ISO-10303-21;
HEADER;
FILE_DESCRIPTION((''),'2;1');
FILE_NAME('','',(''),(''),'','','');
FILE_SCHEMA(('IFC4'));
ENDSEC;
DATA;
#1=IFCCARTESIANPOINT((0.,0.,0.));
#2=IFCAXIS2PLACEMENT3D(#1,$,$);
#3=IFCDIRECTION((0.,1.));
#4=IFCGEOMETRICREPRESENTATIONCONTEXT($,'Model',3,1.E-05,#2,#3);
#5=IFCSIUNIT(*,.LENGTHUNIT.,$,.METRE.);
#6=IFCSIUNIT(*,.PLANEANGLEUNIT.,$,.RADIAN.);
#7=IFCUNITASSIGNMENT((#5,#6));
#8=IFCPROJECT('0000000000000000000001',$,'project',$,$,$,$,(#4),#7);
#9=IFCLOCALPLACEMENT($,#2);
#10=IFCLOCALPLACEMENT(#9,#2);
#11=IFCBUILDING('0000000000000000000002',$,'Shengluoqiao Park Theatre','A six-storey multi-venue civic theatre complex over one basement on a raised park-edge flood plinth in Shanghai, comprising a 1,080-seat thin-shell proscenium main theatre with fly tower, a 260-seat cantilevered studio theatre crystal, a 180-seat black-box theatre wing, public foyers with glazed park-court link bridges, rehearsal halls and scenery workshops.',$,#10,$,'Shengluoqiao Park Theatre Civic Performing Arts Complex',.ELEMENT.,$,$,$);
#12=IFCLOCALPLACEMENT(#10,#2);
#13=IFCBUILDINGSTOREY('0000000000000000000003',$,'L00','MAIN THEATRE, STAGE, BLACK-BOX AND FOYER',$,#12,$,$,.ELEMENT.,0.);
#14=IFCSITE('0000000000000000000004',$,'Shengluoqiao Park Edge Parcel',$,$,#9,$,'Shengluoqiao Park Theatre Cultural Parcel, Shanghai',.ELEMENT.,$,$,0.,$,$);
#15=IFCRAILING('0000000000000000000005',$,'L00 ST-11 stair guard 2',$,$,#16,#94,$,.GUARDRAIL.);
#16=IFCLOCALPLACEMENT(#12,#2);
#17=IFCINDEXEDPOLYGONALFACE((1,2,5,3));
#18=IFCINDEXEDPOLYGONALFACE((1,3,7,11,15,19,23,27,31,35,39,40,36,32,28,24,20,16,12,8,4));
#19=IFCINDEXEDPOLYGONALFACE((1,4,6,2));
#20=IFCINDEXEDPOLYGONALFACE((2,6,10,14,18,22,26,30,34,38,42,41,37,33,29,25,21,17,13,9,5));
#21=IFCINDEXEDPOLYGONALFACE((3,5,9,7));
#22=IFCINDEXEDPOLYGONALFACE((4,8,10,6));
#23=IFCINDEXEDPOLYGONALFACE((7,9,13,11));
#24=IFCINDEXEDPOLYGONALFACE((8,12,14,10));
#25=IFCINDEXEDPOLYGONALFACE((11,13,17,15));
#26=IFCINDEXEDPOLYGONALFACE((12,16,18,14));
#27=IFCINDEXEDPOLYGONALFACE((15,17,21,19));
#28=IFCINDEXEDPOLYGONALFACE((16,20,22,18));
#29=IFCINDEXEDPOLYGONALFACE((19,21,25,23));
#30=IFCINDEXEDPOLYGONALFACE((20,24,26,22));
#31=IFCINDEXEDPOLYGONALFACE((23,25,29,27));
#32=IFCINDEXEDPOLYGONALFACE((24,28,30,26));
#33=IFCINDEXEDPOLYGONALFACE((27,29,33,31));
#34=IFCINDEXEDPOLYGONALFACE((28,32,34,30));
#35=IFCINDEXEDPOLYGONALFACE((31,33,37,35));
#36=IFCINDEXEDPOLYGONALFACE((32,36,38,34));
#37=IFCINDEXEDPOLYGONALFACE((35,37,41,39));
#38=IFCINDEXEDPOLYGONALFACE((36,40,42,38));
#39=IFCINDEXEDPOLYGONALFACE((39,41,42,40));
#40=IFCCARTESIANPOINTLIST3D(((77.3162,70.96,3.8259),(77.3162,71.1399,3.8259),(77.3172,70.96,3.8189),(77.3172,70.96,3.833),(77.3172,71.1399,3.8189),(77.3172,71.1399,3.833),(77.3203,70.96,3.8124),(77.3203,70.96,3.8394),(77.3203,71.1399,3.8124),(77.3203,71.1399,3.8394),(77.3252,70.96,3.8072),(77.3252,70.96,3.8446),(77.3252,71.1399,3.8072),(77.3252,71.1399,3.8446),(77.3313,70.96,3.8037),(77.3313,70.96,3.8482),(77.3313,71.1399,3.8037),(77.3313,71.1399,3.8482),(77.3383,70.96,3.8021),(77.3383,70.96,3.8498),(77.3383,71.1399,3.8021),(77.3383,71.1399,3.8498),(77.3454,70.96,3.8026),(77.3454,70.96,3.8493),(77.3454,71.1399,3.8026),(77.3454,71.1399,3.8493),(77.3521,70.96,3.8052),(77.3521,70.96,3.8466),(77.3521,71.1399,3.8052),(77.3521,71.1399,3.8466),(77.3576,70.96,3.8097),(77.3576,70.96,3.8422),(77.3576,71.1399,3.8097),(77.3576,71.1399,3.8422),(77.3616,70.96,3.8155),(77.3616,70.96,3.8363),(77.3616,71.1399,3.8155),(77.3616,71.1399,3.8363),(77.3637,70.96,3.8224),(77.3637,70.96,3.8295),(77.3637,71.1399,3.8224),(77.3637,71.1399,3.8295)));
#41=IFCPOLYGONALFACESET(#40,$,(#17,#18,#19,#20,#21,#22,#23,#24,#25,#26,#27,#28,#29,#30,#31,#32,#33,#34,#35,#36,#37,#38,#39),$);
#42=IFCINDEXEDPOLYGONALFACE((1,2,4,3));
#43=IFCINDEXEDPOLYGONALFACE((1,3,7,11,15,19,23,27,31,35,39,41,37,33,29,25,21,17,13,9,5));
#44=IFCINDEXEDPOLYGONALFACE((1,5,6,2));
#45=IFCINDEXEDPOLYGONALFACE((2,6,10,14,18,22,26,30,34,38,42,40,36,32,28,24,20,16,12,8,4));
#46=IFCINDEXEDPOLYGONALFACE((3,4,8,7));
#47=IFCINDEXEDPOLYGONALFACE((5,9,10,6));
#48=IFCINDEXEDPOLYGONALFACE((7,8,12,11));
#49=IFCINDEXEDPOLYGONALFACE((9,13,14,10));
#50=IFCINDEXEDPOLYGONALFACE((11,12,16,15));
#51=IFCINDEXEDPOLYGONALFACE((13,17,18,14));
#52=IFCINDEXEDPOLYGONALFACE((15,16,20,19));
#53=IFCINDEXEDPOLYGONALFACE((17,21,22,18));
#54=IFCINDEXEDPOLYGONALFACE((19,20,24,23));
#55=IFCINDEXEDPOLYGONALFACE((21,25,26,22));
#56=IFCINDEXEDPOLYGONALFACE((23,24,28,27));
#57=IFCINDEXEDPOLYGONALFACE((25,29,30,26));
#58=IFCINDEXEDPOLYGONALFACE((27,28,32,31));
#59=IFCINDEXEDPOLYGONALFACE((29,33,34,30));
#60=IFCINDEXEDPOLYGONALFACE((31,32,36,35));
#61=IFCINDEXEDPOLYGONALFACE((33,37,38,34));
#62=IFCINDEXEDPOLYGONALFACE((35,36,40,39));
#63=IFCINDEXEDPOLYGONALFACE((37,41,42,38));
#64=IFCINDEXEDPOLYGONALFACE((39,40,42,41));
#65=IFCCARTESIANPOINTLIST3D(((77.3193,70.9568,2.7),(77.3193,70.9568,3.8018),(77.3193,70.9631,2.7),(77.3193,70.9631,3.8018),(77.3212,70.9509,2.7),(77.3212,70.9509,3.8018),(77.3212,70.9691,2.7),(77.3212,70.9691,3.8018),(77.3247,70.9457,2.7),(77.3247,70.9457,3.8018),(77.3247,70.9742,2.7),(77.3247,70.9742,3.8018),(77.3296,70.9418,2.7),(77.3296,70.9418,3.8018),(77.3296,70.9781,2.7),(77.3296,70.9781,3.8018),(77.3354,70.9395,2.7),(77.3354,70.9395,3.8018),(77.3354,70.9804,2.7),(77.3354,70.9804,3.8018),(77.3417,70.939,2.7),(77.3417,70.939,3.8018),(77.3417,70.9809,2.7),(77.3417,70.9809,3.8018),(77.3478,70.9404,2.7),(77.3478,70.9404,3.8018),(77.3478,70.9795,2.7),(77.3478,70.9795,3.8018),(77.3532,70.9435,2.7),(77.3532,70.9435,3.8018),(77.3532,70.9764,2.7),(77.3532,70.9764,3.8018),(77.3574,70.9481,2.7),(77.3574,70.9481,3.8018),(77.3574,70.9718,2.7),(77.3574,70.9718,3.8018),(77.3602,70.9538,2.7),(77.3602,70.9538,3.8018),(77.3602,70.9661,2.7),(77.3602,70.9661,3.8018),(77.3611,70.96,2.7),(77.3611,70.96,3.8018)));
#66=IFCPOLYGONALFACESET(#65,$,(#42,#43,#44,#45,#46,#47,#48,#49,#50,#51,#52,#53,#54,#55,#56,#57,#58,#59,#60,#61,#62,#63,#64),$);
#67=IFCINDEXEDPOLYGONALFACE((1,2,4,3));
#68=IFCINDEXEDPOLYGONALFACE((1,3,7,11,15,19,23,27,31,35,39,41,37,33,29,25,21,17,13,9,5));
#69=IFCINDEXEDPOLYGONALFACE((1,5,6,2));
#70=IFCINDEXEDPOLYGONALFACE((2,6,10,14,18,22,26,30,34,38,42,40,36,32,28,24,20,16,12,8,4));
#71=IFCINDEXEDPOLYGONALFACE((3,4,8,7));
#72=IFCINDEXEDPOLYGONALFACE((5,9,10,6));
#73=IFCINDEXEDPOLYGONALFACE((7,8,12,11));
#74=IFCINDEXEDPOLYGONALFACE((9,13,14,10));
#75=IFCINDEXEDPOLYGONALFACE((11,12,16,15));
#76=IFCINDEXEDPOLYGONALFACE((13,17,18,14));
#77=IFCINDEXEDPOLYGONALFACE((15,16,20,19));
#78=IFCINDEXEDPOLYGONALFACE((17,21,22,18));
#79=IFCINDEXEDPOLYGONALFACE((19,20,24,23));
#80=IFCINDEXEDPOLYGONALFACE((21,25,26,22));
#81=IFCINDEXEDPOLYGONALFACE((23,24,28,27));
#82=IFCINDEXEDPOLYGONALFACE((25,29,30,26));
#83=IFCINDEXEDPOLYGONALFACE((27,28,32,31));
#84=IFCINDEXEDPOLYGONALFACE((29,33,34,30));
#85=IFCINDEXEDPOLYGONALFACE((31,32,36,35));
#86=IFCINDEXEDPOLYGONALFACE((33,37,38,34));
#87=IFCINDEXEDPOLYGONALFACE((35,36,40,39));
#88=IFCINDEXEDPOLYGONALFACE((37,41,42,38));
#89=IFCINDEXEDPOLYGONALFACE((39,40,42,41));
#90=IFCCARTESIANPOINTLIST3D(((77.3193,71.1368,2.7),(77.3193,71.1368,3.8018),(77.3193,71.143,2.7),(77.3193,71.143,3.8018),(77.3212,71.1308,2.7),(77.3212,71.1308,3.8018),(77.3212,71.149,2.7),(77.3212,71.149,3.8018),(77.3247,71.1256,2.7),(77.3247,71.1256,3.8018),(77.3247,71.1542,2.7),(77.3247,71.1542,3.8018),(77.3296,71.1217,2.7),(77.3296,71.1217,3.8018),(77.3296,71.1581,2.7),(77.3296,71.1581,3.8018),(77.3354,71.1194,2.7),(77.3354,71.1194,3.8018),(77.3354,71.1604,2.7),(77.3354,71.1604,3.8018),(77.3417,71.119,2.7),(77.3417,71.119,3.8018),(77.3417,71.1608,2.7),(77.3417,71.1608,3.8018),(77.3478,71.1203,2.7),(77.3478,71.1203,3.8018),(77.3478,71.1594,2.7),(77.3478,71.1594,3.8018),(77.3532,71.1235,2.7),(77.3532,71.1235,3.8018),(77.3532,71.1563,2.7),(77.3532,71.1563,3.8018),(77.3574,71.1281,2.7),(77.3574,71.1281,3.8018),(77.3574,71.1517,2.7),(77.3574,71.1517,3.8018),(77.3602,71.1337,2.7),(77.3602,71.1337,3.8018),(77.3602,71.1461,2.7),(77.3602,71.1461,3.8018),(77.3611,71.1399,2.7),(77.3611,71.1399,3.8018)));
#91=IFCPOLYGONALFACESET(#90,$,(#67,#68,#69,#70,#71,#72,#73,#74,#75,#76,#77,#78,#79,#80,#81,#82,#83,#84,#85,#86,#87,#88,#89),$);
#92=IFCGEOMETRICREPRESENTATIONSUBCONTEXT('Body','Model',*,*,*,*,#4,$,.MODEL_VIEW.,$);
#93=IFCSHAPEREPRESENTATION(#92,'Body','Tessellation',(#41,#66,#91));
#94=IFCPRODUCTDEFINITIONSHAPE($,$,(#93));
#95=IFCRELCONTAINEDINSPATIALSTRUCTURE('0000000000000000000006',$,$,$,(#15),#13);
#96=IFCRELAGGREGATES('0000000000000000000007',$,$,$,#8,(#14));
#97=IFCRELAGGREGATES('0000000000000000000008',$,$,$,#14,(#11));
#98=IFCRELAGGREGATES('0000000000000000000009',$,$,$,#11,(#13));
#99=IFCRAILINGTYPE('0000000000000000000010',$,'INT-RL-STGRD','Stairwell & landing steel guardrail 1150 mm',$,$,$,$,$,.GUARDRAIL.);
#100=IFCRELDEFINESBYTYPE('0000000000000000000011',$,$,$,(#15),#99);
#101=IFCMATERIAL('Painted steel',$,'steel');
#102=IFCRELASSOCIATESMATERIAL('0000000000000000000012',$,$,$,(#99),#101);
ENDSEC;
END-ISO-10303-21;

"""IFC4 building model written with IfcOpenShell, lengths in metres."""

from ifc_helpers import new_model, si_unit, direction, frame, origin, origin_2d, place, context, subcontext, project, spatial, circle, extrude, material, type_object, element, save


model = new_model("IFC4")

# Units and contexts
model_context = context("Model", 3, precision=1e-05, world=origin(), true_north=direction((0.0, 1.0)))
body_context = subcontext(model_context, "Body", "Model", "MODEL_VIEW")
ifc_project = project(units=[si_unit("LENGTHUNIT", "METRE"), si_unit("PLANEANGLEUNIT", "RADIAN")], contexts=[model_context])

# Site, building, storey
site_placement = place(None, origin())
site = spatial("IfcSite", under=ifc_project, at=site_placement, Name="Shengluoqiao Park Edge Parcel", LongName="Shengluoqiao Park Theatre Cultural Parcel, Shanghai", CompositionType="ELEMENT", RefElevation=0.0)
building_placement = place(site_placement, origin())
building = spatial("IfcBuilding", under=site, at=building_placement, Name="Shengluoqiao Park Theatre", Description="A six-storey multi-venue civic theatre complex over one basement on a raised park-edge flood plinth in Shanghai, comprising a 1,080-seat thin-shell proscenium main theatre with fly tower, a 260-seat cantilevered studio theatre crystal, a 180-seat black-box theatre wing, public foyers with glazed park-court link bridges, rehearsal halls and scenery workshops.", LongName="Shengluoqiao Park Theatre Civic Performing Arts Complex", CompositionType="ELEMENT")
storey_placement = place(building_placement, origin())
storey = spatial("IfcBuildingStorey", under=building, at=storey_placement, Name="L00", Description="MAIN THEATRE, STAGE, BLACK-BOX AND FOYER", CompositionType="ELEMENT", Elevation=0.0)

# Railing
ifc_material_1 = material(Name="Painted steel", Category="steel")
railing_type_1 = type_object("IfcRailingType", Name="INT-RL-STGRD", Description="Stairwell & landing steel guardrail 1150 mm", PredefinedType="GUARDRAIL", material=ifc_material_1)
railing_1_placement = place(storey_placement, frame((77.3401, 70.96, 2.7)))
element("IfcRailing", 1, at=railing_1_placement, inside=storey, type_object=railing_type_1, Name="L00 ST-11 stair guard 2", PredefinedType="GUARDRAIL", context=body_context, shape_type="SweptSolid", body=[
    extrude(circle(Radius=0.0239, at=origin_2d()), frame((0.0, 0.0, 1.126), z_axis=(0.0, 1.0, 0.0), x_axis=(-1.0, 0.0, 0.0)), (0.0, 0.0, 1.0), 0.1799),
    extrude(circle(Radius=0.021, at=origin_2d()), origin(), (0.0, 0.0, 1.0), 1.1018),
    extrude(circle(Radius=0.021, at=origin_2d()), frame((0.0, 0.1799, 0.0)), (0.0, 0.0, 1.0), 1.1018),
])

save(model, "model.ifc")
